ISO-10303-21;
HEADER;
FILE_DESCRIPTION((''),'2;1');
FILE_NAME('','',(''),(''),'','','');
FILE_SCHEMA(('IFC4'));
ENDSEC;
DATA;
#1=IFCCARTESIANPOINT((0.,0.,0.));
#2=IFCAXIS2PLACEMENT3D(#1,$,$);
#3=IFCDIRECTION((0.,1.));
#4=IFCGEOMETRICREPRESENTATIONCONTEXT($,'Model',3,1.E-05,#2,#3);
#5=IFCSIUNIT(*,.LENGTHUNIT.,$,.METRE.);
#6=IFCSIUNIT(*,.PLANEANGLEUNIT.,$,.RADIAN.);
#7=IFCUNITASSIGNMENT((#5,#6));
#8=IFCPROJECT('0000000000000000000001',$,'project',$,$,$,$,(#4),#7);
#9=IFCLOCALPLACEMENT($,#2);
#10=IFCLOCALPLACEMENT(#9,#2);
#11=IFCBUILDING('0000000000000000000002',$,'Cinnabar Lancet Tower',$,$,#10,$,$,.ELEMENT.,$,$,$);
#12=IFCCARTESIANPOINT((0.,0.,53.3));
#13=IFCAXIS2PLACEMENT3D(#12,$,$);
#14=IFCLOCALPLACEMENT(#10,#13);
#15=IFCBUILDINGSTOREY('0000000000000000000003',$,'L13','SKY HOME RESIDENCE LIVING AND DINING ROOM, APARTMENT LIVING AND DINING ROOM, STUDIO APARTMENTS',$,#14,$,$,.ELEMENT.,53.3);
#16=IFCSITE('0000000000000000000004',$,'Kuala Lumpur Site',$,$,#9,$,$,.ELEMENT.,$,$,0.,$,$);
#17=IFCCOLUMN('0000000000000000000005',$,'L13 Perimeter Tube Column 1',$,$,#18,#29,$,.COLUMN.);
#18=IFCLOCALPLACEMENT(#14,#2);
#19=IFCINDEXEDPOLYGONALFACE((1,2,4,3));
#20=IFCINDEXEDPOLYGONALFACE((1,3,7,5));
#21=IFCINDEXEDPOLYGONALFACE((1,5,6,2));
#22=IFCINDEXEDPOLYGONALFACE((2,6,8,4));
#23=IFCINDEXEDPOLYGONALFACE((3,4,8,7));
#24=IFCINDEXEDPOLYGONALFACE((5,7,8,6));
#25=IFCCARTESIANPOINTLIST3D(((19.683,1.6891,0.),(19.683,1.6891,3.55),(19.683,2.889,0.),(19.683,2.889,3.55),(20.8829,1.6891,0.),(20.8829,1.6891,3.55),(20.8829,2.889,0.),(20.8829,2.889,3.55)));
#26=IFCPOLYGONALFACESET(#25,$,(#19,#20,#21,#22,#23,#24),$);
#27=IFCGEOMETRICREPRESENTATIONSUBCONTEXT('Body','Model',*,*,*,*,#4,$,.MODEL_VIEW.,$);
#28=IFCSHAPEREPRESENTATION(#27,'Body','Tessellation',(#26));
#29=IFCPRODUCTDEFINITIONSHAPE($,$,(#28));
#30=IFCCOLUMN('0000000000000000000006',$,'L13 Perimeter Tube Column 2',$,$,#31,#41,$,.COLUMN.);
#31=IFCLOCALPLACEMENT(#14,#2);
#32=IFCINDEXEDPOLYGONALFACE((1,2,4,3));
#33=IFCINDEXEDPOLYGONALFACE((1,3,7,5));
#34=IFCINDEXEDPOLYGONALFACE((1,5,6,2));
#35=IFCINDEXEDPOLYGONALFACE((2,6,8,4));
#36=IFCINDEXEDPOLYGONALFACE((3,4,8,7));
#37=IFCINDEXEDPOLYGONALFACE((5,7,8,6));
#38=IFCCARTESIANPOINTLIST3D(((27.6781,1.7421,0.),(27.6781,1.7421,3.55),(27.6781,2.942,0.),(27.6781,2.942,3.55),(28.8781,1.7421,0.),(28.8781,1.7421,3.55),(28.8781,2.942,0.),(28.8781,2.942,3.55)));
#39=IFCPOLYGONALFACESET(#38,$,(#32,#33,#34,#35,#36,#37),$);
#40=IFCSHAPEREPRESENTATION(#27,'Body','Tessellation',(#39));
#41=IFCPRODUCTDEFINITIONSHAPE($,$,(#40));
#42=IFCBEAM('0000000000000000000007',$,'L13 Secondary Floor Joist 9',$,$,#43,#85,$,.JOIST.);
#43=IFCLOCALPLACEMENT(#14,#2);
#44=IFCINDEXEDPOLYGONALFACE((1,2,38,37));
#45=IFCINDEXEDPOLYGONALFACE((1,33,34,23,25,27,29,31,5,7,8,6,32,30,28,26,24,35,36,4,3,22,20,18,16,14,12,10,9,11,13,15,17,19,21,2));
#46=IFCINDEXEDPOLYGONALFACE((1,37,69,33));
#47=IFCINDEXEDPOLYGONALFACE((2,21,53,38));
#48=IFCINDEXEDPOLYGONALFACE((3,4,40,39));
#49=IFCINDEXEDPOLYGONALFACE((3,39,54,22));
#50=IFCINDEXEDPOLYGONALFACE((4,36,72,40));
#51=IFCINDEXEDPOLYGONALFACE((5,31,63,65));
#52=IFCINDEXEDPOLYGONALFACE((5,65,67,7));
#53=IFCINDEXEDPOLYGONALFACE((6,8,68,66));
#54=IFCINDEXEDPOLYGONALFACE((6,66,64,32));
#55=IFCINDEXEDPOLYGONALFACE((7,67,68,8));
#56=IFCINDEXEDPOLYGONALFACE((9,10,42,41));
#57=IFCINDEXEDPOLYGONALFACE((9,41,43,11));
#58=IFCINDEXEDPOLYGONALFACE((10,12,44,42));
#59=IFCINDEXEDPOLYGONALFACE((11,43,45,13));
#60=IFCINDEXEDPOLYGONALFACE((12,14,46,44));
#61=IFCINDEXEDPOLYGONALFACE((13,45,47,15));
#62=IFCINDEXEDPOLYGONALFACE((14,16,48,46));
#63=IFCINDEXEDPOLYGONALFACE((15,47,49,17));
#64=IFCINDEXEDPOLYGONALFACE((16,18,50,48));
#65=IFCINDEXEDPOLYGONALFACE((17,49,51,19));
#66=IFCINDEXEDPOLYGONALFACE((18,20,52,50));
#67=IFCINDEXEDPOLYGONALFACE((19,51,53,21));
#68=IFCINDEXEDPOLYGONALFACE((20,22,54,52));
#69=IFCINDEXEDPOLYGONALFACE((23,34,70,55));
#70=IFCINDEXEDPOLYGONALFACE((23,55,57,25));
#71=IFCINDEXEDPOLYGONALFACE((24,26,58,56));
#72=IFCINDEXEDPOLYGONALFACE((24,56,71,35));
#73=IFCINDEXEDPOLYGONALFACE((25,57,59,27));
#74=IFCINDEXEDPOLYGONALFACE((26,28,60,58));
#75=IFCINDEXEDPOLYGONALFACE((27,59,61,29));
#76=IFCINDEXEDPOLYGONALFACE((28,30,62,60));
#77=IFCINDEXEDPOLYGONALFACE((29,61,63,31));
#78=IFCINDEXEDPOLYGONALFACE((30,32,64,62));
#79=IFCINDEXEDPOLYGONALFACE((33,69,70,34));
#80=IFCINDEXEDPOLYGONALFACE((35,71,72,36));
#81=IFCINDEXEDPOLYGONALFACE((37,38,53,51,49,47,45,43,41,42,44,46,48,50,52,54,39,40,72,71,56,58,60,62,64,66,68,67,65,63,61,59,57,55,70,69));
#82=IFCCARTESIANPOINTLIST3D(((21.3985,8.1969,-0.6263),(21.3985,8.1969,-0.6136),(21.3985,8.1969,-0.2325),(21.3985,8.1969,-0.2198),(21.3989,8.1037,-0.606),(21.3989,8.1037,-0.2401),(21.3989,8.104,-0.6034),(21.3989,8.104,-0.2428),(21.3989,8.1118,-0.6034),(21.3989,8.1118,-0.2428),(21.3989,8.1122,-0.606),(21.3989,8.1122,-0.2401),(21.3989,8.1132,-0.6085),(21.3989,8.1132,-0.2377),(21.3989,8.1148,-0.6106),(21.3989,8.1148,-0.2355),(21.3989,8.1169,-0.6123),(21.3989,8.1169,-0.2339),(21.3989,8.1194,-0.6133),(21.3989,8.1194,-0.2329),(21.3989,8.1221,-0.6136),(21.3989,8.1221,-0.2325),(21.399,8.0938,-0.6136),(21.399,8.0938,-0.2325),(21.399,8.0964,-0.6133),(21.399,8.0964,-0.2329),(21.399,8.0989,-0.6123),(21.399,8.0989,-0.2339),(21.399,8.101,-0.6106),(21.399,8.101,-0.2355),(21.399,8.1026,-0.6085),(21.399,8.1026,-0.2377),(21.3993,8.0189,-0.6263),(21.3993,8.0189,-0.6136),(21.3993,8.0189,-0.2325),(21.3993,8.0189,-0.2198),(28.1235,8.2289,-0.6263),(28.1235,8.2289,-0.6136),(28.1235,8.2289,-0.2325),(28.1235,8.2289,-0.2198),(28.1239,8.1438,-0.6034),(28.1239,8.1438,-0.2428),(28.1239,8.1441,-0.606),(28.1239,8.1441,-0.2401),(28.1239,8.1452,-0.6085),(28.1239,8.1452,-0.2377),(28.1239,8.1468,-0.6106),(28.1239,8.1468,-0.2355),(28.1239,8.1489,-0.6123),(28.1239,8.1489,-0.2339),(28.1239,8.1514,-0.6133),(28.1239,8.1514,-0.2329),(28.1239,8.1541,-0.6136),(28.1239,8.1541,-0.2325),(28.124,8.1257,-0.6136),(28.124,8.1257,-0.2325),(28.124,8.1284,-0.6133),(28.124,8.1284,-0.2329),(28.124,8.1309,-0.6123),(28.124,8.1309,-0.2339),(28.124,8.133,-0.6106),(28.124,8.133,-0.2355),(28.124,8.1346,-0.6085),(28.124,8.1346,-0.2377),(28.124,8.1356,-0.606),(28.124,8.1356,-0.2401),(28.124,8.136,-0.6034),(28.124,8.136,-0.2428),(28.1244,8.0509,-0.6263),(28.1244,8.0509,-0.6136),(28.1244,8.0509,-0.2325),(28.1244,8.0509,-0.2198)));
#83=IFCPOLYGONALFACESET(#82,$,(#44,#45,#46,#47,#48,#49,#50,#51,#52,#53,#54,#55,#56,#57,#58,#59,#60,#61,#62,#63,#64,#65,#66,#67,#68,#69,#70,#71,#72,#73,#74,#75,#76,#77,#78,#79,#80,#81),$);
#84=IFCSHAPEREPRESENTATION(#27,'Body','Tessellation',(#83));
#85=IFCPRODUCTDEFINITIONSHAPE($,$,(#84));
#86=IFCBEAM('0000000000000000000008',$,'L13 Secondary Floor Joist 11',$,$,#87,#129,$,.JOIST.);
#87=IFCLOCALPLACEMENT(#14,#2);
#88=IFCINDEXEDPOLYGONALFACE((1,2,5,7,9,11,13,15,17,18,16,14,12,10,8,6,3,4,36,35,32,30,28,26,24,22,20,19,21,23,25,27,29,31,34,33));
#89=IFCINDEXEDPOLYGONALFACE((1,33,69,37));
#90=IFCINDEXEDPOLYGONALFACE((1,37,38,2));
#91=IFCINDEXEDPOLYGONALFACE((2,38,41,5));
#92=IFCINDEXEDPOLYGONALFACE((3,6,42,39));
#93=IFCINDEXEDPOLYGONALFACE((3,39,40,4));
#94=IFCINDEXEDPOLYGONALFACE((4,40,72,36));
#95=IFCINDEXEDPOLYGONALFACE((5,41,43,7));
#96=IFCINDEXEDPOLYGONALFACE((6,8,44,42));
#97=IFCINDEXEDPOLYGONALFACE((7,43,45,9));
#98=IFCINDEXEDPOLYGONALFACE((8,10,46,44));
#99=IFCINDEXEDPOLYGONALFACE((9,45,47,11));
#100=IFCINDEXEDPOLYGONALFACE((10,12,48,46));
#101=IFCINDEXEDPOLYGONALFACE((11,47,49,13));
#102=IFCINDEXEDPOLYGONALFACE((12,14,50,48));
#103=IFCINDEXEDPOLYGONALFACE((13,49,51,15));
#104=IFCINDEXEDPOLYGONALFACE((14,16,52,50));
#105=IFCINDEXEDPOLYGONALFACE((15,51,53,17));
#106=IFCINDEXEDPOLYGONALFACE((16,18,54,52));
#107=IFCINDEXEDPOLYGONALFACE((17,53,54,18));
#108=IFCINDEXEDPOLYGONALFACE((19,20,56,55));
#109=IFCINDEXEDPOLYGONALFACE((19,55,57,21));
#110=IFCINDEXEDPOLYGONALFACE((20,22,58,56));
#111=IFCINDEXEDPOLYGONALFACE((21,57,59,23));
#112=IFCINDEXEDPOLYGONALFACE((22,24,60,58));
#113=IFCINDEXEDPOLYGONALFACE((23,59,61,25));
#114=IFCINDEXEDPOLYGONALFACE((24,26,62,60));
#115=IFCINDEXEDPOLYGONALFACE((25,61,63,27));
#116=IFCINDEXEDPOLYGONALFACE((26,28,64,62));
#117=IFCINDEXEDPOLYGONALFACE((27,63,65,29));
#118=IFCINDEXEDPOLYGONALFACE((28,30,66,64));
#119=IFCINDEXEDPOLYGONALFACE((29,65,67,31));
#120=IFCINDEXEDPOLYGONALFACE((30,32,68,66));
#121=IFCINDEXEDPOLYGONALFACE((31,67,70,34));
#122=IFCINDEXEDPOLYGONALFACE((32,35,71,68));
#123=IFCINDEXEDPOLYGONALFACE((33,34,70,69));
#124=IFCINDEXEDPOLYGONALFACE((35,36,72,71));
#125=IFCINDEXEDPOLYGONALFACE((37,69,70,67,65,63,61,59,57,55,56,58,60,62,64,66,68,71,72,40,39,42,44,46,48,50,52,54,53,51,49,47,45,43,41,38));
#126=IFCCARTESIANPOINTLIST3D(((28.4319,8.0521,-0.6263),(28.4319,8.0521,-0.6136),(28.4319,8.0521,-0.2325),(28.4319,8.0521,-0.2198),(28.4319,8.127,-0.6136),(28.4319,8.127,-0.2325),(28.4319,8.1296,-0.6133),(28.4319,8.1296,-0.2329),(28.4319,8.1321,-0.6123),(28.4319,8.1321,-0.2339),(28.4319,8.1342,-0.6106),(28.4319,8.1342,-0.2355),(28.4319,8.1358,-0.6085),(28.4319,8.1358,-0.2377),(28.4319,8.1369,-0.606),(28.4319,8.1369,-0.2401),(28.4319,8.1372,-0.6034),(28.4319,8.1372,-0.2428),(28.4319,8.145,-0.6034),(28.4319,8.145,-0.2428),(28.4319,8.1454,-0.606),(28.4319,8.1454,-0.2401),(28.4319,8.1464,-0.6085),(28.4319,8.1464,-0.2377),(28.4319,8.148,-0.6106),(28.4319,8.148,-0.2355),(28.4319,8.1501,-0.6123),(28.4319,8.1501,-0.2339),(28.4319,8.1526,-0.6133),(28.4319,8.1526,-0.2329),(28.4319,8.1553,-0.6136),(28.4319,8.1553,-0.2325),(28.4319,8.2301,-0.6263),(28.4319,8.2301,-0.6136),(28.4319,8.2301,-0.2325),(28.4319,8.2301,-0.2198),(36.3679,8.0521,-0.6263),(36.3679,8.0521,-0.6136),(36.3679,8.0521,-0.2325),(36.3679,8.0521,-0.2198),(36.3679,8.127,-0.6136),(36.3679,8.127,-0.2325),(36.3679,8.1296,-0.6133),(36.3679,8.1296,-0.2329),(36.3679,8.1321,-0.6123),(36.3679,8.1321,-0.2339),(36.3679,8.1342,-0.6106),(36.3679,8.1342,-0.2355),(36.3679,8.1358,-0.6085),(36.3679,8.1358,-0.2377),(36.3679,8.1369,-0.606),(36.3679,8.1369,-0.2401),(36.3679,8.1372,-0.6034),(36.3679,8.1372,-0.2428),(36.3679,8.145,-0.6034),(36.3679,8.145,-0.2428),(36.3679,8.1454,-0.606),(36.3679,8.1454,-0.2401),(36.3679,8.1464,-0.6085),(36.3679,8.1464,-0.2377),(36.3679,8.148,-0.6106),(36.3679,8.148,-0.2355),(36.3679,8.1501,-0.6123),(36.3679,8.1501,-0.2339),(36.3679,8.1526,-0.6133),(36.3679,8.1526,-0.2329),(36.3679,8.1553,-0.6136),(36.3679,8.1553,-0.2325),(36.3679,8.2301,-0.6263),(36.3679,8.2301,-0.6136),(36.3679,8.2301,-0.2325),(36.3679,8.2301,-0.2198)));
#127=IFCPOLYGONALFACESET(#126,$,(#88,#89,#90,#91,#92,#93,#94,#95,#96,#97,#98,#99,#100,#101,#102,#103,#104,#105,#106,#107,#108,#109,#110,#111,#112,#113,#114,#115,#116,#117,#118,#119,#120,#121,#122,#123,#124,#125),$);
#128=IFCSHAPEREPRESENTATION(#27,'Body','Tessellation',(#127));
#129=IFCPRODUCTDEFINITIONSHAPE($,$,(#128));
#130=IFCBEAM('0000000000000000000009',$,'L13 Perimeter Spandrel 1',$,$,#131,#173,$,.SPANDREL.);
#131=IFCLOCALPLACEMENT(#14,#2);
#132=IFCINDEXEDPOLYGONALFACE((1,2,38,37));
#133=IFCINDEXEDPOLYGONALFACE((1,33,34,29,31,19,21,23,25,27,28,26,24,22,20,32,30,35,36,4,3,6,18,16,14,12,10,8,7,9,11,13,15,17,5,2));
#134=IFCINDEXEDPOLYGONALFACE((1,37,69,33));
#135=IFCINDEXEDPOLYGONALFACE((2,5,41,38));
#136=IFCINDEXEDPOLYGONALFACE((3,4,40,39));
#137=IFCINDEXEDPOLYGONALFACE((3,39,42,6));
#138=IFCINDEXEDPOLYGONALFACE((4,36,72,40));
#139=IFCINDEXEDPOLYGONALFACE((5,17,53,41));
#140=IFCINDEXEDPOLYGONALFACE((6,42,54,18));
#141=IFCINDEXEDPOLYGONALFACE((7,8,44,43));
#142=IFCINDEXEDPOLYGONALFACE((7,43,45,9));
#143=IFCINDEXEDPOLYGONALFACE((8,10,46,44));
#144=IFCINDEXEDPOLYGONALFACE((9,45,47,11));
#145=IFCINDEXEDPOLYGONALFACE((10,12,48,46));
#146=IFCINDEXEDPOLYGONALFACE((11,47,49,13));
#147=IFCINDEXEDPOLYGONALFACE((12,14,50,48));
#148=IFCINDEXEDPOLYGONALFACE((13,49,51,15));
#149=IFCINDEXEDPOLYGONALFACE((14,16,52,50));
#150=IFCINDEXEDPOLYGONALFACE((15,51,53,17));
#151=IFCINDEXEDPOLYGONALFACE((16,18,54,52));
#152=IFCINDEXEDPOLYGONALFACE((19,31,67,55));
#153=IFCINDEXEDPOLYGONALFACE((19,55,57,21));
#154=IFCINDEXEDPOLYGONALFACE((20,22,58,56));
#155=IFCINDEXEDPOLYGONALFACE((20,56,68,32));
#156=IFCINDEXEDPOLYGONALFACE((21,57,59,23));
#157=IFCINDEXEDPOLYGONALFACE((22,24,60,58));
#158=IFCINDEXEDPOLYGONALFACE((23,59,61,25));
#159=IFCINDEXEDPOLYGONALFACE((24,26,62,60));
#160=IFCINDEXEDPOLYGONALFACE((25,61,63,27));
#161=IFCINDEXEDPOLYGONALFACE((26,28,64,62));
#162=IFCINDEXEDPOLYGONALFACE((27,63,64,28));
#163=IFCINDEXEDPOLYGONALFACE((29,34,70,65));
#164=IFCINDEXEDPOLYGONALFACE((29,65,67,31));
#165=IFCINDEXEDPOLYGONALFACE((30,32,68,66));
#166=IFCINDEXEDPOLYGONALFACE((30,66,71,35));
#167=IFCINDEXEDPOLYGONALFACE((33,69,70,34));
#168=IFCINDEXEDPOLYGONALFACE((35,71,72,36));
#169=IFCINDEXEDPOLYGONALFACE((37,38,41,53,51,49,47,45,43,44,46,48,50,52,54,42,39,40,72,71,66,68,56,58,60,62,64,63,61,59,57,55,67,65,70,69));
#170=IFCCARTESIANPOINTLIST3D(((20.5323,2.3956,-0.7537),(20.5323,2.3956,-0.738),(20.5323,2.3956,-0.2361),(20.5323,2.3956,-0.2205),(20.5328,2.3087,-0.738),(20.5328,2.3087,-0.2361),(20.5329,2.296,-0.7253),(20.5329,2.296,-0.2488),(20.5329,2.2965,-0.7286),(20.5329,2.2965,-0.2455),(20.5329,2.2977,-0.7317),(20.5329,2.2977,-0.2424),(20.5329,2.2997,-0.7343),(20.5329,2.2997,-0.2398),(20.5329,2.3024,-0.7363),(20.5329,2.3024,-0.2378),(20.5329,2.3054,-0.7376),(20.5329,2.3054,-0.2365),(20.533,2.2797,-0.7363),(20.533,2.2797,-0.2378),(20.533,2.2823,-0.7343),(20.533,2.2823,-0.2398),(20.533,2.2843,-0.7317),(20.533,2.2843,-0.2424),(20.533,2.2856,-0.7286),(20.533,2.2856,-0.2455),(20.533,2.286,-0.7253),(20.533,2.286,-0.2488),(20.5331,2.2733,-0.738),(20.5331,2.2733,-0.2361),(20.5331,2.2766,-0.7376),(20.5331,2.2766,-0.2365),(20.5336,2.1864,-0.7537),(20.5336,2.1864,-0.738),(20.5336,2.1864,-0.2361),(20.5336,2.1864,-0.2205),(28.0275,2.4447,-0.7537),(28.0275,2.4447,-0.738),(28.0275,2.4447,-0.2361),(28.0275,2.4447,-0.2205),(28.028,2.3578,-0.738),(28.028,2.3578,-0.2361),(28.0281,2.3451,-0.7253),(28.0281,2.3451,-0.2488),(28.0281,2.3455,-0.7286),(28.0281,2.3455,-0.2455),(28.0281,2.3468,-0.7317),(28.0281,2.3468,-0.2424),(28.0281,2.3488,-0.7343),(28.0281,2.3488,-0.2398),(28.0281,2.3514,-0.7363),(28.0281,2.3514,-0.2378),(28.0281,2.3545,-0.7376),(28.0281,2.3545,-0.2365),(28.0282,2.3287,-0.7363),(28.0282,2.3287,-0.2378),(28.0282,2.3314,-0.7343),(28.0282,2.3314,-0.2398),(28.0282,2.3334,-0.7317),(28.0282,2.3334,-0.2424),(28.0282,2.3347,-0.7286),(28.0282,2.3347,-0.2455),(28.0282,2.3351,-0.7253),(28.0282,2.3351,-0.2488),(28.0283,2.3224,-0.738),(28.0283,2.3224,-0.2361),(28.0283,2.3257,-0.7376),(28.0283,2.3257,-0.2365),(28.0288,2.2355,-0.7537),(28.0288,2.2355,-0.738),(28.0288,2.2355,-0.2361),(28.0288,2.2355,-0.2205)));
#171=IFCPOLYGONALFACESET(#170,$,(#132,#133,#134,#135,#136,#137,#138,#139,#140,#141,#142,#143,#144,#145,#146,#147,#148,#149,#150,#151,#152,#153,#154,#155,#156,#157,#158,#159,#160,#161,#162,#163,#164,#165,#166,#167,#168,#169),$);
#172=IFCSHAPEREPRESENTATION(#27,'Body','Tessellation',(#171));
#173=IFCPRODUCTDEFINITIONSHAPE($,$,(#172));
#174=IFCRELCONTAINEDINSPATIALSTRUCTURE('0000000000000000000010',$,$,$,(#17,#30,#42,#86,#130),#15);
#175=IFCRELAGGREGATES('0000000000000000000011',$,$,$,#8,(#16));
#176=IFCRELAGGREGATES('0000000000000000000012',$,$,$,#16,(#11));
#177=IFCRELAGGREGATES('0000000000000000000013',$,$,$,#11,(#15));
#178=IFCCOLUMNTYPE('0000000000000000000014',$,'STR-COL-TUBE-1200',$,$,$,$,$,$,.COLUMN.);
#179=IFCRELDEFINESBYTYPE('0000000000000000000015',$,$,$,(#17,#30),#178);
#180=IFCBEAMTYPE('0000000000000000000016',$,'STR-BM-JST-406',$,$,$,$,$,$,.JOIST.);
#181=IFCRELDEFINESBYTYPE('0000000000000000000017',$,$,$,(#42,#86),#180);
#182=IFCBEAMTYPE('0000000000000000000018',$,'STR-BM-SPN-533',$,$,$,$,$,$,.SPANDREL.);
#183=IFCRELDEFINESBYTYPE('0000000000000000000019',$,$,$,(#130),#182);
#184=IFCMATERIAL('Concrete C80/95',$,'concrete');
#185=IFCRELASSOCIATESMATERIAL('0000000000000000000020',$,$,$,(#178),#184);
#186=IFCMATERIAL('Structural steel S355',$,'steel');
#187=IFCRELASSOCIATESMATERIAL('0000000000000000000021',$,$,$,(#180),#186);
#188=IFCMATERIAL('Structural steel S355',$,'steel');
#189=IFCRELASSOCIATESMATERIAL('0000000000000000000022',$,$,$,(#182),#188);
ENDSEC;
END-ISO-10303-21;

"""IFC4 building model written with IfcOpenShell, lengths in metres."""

from ifc_helpers import new_model, si_unit, direction, frame, origin, origin_2d, place, context, subcontext, project, spatial, rectangle, i_section, extrude, material, material_profile, profile_set, type_object, element, save


model = new_model("IFC4")

# Units and contexts
model_context = context("Model", 3, precision=1e-05, world=origin(), true_north=direction((0.0, 1.0)))
body_context = subcontext(model_context, "Body", "Model", "MODEL_VIEW")
ifc_project = project(units=[si_unit("LENGTHUNIT", "METRE"), si_unit("PLANEANGLEUNIT", "RADIAN")], contexts=[model_context])

# Site, building, storey
site_placement = place(None, origin())
site = spatial("IfcSite", under=ifc_project, at=site_placement, Name="Kuala Lumpur Site", CompositionType="ELEMENT", RefElevation=0.0)
building_placement = place(site_placement, origin())
building = spatial("IfcBuilding", under=site, at=building_placement, Name="Cinnabar Lancet Tower", CompositionType="ELEMENT")
storey_placement = place(building_placement, frame((0.0, 0.0, 53.3)))
storey = spatial("IfcBuildingStorey", under=building, at=storey_placement, Name="L13", Description="SKY HOME RESIDENCE LIVING AND DINING ROOM, APARTMENT LIVING AND DINING ROOM, STUDIO APARTMENTS", CompositionType="ELEMENT", Elevation=53.3)

# Columns
ifc_material_1 = material(Name="Concrete C80/95", Category="concrete")
ifc_material_profile_1 = material_profile(ifc_material_1, rectangle(XDim=1.2, YDim=1.2, at=origin_2d()), Name="RC-COL 1200x1200")
ifc_profile_set_1 = profile_set([ifc_material_profile_1], Name="Concrete C80/95")
column_type = type_object("IfcColumnType", Name="STR-COL-TUBE-1200", PredefinedType="COLUMN", material=ifc_profile_set_1)
for number, where, z_axis, x_axis, name in (
    (1, (20.283, 2.2891, 0.0), (0.0, 0.0, 1.0), (1.0, 0.0, 0.0), "L13 Perimeter Tube Column 1"),
    (2, (28.2781, 2.342, 0.0), (0.0, 0.0, 1.0), (1.0, 0.0, 0.0), "L13 Perimeter Tube Column 2"),
):
    element("IfcColumn", number, at=place(storey_placement, frame(where, z_axis=z_axis, x_axis=x_axis)), inside=storey, type_object=column_type, Name=name, PredefinedType="COLUMN", context=body_context, shape_type="SweptSolid", body=[
        extrude(rectangle(XDim=1.2, YDim=1.2, at=origin_2d()), origin(), (0.0, 0.0, 1.0), 3.55),
    ])

# Beams
ifc_material_2 = material(Name="Structural steel S355", Category="steel")
ifc_material_profile_2 = material_profile(ifc_material_2, i_section(OverallWidth=0.178, OverallDepth=0.4065, WebThickness=0.0078, FlangeThickness=0.0127, FilletRadius=0.0103, at=origin_2d()), Name="UKB 406x178x60")
ifc_profile_set_2 = profile_set([ifc_material_profile_2], Name="Structural steel S355")
beam_type_1 = type_object("IfcBeamType", Name="STR-BM-JST-406", PredefinedType="JOIST", material=ifc_profile_set_2)
beam_1_placement = place(storey_placement, frame((21.3989, 8.1079, -0.4231), z_axis=(0.999989, 0.004756, 0.0), x_axis=(-0.004756, 0.999989, 0.0)))
element("IfcBeam", 3, at=beam_1_placement, inside=storey, type_object=beam_type_1, Name="L13 Secondary Floor Joist 9", PredefinedType="JOIST", context=body_context, shape_type="SweptSolid", body=[
    extrude(i_section(OverallWidth=0.178, OverallDepth=0.4065, WebThickness=0.0078, FlangeThickness=0.0127, FilletRadius=0.0103, at=origin_2d()), origin(), (0.0, 0.0, 1.0), 6.7251),
])
beam_2_placement = place(storey_placement, frame((28.4319, 8.1411, -0.4231), z_axis=(1.0, 0.0, 0.0), x_axis=(0.0, 1.0, 0.0)))
element("IfcBeam", 4, at=beam_2_placement, inside=storey, type_object=beam_type_1, Name="L13 Secondary Floor Joist 11", PredefinedType="JOIST", context=body_context, shape_type="SweptSolid", body=[
    extrude(i_section(OverallWidth=0.178, OverallDepth=0.4065, WebThickness=0.0078, FlangeThickness=0.0127, FilletRadius=0.0103, at=origin_2d()), origin(), (0.0, 0.0, 1.0), 7.936),
])
ifc_material_3 = material(Name="Structural steel S355", Category="steel")
ifc_material_profile_3 = material_profile(ifc_material_3, i_section(OverallWidth=0.2092, OverallDepth=0.5332, WebThickness=0.01, FlangeThickness=0.0156, FilletRadius=0.0127, at=origin_2d()), Name="UKB 533x210x92")
ifc_profile_set_3 = profile_set([ifc_material_profile_3], Name="Structural steel S355")
beam_type_2 = type_object("IfcBeamType", Name="STR-BM-SPN-533", PredefinedType="SPANDREL", material=ifc_profile_set_3)
beam_3_placement = place(storey_placement, frame((20.533, 2.291, -0.4871), z_axis=(0.999979, 0.006547, 0.0), x_axis=(-0.006547, 0.999979, 0.0)))
element("IfcBeam", 5, at=beam_3_placement, inside=storey, type_object=beam_type_2, Name="L13 Perimeter Spandrel 1", PredefinedType="SPANDREL", context=body_context, shape_type="SweptSolid", body=[
    extrude(i_section(OverallWidth=0.2092, OverallDepth=0.5332, WebThickness=0.01, FlangeThickness=0.0156, FilletRadius=0.0127, at=origin_2d()), origin(), (0.0, 0.0, 1.0), 7.4954),
])

save(model, "model.ifc")
